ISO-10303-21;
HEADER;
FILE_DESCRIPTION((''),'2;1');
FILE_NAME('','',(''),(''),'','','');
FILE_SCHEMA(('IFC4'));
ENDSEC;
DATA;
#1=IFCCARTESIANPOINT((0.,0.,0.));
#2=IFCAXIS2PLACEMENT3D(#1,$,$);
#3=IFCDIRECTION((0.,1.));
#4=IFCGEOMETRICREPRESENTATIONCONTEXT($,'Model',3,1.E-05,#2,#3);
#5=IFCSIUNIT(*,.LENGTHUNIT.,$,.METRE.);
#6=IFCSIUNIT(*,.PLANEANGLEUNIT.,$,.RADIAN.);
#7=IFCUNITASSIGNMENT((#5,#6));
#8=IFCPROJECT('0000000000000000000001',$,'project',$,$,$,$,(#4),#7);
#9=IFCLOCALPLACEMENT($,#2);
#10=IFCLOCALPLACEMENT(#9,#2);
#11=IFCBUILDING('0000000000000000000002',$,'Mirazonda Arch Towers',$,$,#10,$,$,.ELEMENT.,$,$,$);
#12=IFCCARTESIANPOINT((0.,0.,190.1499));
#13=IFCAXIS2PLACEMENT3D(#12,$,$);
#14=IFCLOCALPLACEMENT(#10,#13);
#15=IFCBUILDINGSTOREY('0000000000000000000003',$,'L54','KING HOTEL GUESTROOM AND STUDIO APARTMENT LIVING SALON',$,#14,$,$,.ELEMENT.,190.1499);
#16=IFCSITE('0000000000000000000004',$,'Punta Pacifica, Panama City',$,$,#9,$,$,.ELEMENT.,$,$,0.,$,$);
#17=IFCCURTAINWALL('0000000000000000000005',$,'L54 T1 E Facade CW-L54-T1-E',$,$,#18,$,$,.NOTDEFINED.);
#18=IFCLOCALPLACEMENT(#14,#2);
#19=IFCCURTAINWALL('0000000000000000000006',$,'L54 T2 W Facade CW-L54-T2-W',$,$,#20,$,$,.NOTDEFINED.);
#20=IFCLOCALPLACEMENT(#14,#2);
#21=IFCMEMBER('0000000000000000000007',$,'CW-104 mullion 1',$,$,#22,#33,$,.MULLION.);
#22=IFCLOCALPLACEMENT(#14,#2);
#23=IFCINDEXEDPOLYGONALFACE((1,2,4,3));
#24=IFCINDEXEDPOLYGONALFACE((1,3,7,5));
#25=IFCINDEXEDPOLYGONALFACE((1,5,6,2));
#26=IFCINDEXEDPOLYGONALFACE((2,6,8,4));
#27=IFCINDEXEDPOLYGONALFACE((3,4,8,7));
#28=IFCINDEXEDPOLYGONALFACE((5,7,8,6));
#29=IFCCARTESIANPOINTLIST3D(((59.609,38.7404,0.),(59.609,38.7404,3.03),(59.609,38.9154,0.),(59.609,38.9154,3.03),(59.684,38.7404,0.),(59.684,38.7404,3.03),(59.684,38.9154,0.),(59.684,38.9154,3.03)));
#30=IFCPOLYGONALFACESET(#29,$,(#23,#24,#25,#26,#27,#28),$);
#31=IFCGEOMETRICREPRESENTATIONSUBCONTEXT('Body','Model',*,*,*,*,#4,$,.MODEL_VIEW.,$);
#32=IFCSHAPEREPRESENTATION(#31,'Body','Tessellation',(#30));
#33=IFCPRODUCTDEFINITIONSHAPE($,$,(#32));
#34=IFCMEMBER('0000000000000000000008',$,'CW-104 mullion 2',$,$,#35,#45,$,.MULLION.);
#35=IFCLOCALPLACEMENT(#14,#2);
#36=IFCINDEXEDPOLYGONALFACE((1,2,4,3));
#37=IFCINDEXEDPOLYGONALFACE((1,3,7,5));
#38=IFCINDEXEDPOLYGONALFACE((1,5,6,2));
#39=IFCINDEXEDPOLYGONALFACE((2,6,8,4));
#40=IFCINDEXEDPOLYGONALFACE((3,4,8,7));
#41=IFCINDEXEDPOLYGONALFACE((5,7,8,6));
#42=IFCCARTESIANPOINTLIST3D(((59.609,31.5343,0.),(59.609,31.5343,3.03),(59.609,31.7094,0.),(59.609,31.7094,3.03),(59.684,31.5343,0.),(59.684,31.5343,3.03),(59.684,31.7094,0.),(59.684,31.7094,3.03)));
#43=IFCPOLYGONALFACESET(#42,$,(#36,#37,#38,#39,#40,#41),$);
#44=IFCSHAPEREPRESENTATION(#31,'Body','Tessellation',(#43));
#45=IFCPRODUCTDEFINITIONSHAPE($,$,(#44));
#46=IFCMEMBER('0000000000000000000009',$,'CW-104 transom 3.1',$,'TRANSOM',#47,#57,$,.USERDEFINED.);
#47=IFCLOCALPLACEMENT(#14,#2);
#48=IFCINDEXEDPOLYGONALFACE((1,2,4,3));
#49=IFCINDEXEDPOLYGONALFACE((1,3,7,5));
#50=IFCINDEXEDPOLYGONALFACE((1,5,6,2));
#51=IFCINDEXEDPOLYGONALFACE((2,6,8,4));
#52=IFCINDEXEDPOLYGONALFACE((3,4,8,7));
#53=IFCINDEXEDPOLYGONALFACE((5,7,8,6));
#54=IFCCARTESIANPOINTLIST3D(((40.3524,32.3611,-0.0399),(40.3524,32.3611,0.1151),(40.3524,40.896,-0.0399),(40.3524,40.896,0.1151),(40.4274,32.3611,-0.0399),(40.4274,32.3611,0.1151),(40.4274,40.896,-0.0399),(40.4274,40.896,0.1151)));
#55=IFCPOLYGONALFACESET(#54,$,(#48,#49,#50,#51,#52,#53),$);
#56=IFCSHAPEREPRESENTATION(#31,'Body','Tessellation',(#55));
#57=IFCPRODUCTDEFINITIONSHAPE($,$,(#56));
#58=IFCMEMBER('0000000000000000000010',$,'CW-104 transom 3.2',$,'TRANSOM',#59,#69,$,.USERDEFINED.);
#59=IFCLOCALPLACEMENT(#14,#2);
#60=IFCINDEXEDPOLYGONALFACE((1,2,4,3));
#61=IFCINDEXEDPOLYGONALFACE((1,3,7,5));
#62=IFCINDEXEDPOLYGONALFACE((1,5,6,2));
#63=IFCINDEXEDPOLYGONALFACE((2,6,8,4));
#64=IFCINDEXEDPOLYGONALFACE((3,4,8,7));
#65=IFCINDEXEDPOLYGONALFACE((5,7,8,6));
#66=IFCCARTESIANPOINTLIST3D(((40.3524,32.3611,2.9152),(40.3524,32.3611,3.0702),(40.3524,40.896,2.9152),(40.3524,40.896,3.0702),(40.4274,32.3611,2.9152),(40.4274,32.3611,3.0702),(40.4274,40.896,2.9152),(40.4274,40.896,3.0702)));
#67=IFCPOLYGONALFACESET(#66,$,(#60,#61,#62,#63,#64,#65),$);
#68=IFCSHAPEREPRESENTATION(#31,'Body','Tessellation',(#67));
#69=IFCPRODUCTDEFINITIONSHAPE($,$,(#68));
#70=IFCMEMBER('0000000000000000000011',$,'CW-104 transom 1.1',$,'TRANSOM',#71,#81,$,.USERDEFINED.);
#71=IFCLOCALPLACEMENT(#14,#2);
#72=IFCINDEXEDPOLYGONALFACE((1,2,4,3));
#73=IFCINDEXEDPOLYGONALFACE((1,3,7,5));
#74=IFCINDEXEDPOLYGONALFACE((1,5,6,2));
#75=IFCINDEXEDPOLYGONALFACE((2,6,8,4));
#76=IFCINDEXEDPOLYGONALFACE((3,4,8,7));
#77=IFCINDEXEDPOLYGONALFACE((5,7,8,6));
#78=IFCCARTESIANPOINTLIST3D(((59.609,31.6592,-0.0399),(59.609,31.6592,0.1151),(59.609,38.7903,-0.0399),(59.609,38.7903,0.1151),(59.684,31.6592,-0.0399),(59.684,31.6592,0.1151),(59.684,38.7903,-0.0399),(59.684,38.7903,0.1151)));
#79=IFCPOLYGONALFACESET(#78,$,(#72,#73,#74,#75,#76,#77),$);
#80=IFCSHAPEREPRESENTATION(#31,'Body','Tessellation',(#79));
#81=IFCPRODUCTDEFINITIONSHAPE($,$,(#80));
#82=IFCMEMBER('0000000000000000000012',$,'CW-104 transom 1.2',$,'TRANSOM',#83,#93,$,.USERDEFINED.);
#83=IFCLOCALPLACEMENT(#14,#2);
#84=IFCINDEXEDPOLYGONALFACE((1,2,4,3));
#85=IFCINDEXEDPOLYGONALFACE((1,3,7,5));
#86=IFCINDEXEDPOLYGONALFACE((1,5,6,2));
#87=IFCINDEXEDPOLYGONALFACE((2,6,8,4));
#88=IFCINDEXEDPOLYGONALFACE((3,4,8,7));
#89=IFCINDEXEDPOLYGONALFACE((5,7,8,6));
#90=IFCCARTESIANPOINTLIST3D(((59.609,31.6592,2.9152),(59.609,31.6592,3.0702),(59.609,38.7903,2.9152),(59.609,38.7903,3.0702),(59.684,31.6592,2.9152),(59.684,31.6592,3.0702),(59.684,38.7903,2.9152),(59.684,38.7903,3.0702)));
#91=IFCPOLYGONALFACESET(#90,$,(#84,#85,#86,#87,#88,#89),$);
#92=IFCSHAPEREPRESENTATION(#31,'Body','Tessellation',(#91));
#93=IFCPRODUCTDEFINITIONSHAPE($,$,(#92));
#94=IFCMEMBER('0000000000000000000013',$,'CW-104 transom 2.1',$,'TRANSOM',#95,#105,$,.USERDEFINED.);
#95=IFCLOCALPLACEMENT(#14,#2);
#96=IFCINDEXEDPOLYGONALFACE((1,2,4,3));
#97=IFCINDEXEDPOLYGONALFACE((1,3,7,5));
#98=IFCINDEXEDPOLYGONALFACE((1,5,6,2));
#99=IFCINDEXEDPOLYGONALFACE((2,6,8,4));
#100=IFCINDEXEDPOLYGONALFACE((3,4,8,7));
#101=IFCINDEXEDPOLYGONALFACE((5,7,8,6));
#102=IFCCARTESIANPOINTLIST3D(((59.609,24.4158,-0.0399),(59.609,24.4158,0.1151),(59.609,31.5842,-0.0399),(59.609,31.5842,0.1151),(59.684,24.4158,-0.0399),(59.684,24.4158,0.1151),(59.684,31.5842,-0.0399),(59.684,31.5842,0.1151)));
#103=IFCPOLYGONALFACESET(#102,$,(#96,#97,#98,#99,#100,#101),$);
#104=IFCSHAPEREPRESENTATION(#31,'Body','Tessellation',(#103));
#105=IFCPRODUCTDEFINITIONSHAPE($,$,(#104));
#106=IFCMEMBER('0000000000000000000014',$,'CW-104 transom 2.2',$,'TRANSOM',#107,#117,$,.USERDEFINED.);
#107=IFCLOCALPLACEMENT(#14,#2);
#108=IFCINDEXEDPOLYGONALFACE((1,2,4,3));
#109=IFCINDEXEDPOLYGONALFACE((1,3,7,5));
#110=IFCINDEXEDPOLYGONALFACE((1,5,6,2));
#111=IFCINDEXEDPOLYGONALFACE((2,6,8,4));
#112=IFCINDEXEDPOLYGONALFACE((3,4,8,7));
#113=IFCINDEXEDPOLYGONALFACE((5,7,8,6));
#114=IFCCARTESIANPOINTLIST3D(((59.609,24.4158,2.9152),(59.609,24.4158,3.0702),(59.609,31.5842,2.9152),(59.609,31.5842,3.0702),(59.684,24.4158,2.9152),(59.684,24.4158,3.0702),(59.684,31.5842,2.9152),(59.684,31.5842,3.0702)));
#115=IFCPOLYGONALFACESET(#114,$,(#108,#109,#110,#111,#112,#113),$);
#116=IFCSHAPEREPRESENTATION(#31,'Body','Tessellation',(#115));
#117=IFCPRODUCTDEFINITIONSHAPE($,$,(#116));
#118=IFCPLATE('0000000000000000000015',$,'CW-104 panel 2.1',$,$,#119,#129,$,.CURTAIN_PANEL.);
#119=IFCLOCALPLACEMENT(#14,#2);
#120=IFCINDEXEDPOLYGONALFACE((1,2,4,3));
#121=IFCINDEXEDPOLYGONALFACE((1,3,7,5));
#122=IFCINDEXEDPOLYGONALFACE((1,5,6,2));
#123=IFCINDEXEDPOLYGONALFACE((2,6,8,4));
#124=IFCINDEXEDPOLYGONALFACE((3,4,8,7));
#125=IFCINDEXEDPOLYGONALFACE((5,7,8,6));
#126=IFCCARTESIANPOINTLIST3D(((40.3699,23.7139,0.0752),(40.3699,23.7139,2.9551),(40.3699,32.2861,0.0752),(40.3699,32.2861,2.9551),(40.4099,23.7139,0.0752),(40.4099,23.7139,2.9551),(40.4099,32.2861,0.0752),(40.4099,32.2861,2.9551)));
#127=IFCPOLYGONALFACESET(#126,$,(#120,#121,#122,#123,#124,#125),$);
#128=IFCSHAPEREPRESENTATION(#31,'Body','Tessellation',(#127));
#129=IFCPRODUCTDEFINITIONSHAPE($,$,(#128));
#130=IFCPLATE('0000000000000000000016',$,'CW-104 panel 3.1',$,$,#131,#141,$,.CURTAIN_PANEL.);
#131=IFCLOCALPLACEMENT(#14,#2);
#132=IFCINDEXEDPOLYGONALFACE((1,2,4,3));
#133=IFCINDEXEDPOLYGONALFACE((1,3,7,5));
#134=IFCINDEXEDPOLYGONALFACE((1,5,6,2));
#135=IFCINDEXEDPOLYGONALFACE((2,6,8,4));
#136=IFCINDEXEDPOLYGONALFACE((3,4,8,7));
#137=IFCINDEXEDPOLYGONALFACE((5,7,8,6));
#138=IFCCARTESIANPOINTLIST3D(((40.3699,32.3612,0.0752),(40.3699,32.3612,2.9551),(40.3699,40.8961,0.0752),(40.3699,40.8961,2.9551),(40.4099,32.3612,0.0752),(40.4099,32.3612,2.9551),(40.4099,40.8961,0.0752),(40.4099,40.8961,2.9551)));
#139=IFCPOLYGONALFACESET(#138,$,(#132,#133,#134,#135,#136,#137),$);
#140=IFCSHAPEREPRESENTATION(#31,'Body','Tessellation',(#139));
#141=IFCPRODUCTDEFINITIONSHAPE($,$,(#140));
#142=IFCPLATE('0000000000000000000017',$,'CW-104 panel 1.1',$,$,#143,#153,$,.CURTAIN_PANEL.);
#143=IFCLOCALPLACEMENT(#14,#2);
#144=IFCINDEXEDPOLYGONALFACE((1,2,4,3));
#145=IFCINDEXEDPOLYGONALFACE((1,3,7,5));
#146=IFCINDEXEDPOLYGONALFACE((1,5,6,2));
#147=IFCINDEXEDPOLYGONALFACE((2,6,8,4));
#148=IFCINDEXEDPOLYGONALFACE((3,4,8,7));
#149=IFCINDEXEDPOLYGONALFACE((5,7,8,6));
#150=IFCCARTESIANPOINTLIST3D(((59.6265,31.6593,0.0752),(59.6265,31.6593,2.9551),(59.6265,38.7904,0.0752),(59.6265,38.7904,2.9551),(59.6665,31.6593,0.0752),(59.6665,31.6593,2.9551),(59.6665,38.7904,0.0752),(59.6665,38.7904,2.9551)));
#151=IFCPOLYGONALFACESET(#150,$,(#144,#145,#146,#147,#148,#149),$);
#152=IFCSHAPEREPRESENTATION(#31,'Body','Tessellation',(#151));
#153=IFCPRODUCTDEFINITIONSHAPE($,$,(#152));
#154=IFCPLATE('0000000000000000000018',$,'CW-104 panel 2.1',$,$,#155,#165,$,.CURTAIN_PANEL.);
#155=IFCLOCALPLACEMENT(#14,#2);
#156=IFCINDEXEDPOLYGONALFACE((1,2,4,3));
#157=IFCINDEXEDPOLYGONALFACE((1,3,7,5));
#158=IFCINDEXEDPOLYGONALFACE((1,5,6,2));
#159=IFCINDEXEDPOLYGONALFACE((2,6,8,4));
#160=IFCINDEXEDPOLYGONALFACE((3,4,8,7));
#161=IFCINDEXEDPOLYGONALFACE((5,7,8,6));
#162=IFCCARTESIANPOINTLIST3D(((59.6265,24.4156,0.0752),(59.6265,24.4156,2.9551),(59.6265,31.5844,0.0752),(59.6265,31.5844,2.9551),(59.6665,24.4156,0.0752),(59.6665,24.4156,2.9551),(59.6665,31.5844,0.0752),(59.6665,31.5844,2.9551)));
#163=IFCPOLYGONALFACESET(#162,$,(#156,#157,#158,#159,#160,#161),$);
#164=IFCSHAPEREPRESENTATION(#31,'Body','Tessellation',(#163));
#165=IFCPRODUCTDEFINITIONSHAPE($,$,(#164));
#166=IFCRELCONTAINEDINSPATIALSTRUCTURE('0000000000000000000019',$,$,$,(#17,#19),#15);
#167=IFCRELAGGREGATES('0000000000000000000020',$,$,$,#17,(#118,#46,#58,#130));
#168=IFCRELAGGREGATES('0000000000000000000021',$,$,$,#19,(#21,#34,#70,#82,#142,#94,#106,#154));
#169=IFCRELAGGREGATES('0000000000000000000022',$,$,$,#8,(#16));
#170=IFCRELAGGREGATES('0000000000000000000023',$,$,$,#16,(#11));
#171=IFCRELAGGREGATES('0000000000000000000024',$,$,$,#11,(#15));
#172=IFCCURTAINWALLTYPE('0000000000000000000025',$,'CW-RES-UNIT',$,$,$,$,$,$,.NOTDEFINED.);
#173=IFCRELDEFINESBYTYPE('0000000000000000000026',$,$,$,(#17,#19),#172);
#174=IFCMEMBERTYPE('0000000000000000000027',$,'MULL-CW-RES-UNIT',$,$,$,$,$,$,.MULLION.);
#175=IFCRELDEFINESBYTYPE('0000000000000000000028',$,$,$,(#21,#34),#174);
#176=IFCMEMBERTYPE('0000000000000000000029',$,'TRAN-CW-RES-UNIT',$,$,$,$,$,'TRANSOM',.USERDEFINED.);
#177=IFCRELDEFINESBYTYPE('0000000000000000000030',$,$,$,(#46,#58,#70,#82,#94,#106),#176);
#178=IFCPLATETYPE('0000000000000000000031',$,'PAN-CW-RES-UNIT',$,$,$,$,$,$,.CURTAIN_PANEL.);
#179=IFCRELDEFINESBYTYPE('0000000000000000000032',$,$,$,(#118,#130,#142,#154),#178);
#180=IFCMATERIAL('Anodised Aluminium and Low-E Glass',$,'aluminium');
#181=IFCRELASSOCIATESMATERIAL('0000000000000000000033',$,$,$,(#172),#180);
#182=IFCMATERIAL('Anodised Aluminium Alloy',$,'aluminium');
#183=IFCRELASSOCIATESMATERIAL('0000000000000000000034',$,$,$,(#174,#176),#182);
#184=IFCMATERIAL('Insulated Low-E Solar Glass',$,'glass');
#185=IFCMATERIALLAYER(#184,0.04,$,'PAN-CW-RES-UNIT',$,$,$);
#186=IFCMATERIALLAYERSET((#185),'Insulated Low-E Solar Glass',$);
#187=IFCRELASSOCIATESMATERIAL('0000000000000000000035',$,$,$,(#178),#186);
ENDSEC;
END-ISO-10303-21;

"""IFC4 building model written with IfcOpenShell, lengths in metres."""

from ifc_helpers import new_model, si_unit, direction, frame, origin, origin_2d, place, context, subcontext, project, spatial, rectangle, extrude, material, layer, layer_set, material_profile, profile_set, type_object, element, aggregate, save


model = new_model("IFC4")

# Units and contexts
model_context = context("Model", 3, precision=1e-05, world=origin(), true_north=direction((0.0, 1.0)))
body_context = subcontext(model_context, "Body", "Model", "MODEL_VIEW")
ifc_project = project(units=[si_unit("LENGTHUNIT", "METRE"), si_unit("PLANEANGLEUNIT", "RADIAN")], contexts=[model_context])

# Site, building, storey
site_placement = place(None, origin())
site = spatial("IfcSite", under=ifc_project, at=site_placement, Name="Punta Pacifica, Panama City", CompositionType="ELEMENT", RefElevation=0.0)
building_placement = place(site_placement, origin())
building = spatial("IfcBuilding", under=site, at=building_placement, Name="Mirazonda Arch Towers", CompositionType="ELEMENT")
storey_placement = place(building_placement, frame((0.0, 0.0, 190.1499)))
storey = spatial("IfcBuildingStorey", under=building, at=storey_placement, Name="L54", Description="KING HOTEL GUESTROOM AND STUDIO APARTMENT LIVING SALON", CompositionType="ELEMENT", Elevation=190.1499)

# Curtain wall
ifc_material_1 = material(Name="Anodised Aluminium and Low-E Glass", Category="aluminium")
curtain_wall_type = type_object("IfcCurtainWallType", Name="CW-RES-UNIT", PredefinedType="NOTDEFINED", material=ifc_material_1)
curtain_wall_1_placement = place(storey_placement, origin())
curtain_wall_1 = element("IfcCurtainWall", 1, at=curtain_wall_1_placement, inside=storey, type_object=curtain_wall_type, Name="L54 T1 E Facade CW-L54-T1-E", PredefinedType="NOTDEFINED")
ifc_material_2 = material(Name="Anodised Aluminium Alloy", Category="aluminium")
ifc_material_profile_1 = material_profile(ifc_material_2, rectangle(XDim=0.075, YDim=0.175, at=origin_2d()), Name="ALU-MULL-75x175")
ifc_profile_set_1 = profile_set([ifc_material_profile_1], Name="Anodised Aluminium Alloy")
member_type_1 = type_object("IfcMemberType", Name="MULL-CW-RES-UNIT", PredefinedType="MULLION", material=ifc_profile_set_1)

# Curtain wall, members
curtain_wall_2_placement = place(storey_placement, origin())
curtain_wall_2 = element("IfcCurtainWall", 2, at=curtain_wall_2_placement, inside=storey, type_object=curtain_wall_type, Name="L54 T2 W Facade CW-L54-T2-W", PredefinedType="NOTDEFINED")
member_1_placement = place(storey_placement, frame((59.6465, 38.8279, 0.0), z_axis=(0.0, 0.0, 1.0), x_axis=(1.0, 0.0, 0.0)))
member_1 = element("IfcMember", 3, at=member_1_placement, type_object=member_type_1, Name="CW-104 mullion 1", PredefinedType="MULLION", context=body_context, shape_type="SweptSolid", body=[
    extrude(rectangle(XDim=0.075, YDim=0.175, at=origin_2d()), origin(), (0.0, 0.0, 1.0), 3.03),
])
member_2_placement = place(storey_placement, frame((59.6465, 31.6218, 0.0), z_axis=(0.0, 0.0, 1.0), x_axis=(1.0, 0.0, 0.0)))
member_2 = element("IfcMember", 4, at=member_2_placement, type_object=member_type_1, Name="CW-104 mullion 2", PredefinedType="MULLION", context=body_context, shape_type="SweptSolid", body=[
    extrude(rectangle(XDim=0.075, YDim=0.175, at=origin_2d()), origin(), (0.0, 0.0, 1.0), 3.03),
])

# Members
ifc_material_profile_2 = material_profile(ifc_material_2, rectangle(XDim=0.075, YDim=0.155, at=origin_2d()), Name="ALU-TRAN-75x155")
ifc_profile_set_2 = profile_set([ifc_material_profile_2], Name="Anodised Aluminium Alloy")
member_type_2 = type_object("IfcMemberType", Name="TRAN-CW-RES-UNIT", ElementType="TRANSOM", PredefinedType="USERDEFINED", material=ifc_profile_set_2)
member_3_placement = place(storey_placement, frame((40.3899, 32.3611, 0.0376), z_axis=(0.0, 1.0, 0.0), x_axis=(-1.0, 0.0, 0.0)))
member_3 = element("IfcMember", 5, at=member_3_placement, type_object=member_type_2, Name="CW-104 transom 3.1", ObjectType="TRANSOM", PredefinedType="USERDEFINED", context=body_context, shape_type="SweptSolid", body=[
    extrude(rectangle(XDim=0.075, YDim=0.155, at=origin_2d()), origin(), (0.0, 0.0, 1.0), 8.5349),
])
member_4_placement = place(storey_placement, frame((40.3899, 32.3611, 2.9927), z_axis=(0.0, 1.0, 0.0), x_axis=(-1.0, 0.0, 0.0)))
member_4 = element("IfcMember", 6, at=member_4_placement, type_object=member_type_2, Name="CW-104 transom 3.2", ObjectType="TRANSOM", PredefinedType="USERDEFINED", context=body_context, shape_type="SweptSolid", body=[
    extrude(rectangle(XDim=0.075, YDim=0.155, at=origin_2d()), origin(), (0.0, 0.0, 1.0), 8.5349),
])
member_5_placement = place(storey_placement, frame((59.6465, 38.7903, 0.0376), z_axis=(0.0, -1.0, 0.0), x_axis=(1.0, 0.0, 0.0)))
member_5 = element("IfcMember", 7, at=member_5_placement, type_object=member_type_2, Name="CW-104 transom 1.1", ObjectType="TRANSOM", PredefinedType="USERDEFINED", context=body_context, shape_type="SweptSolid", body=[
    extrude(rectangle(XDim=0.075, YDim=0.155, at=origin_2d()), origin(), (0.0, 0.0, 1.0), 7.1311),
])
member_6_placement = place(storey_placement, frame((59.6465, 38.7903, 2.9927), z_axis=(0.0, -1.0, 0.0), x_axis=(1.0, 0.0, 0.0)))
member_6 = element("IfcMember", 8, at=member_6_placement, type_object=member_type_2, Name="CW-104 transom 1.2", ObjectType="TRANSOM", PredefinedType="USERDEFINED", context=body_context, shape_type="SweptSolid", body=[
    extrude(rectangle(XDim=0.075, YDim=0.155, at=origin_2d()), origin(), (0.0, 0.0, 1.0), 7.1311),
])
member_7_placement = place(storey_placement, frame((59.6465, 31.5842, 0.0376), z_axis=(0.0, -1.0, 0.0), x_axis=(1.0, 0.0, 0.0)))
member_7 = element("IfcMember", 9, at=member_7_placement, type_object=member_type_2, Name="CW-104 transom 2.1", ObjectType="TRANSOM", PredefinedType="USERDEFINED", context=body_context, shape_type="SweptSolid", body=[
    extrude(rectangle(XDim=0.075, YDim=0.155, at=origin_2d()), origin(), (0.0, 0.0, 1.0), 7.1685),
])
member_8_placement = place(storey_placement, frame((59.6465, 31.5842, 2.9927), z_axis=(0.0, -1.0, 0.0), x_axis=(1.0, 0.0, 0.0)))
member_8 = element("IfcMember", 10, at=member_8_placement, type_object=member_type_2, Name="CW-104 transom 2.2", ObjectType="TRANSOM", PredefinedType="USERDEFINED", context=body_context, shape_type="SweptSolid", body=[
    extrude(rectangle(XDim=0.075, YDim=0.155, at=origin_2d()), origin(), (0.0, 0.0, 1.0), 7.1685),
])

# Plates
ifc_material_3 = material(Name="Insulated Low-E Solar Glass", Category="glass")
ifc_layer_1 = layer(ifc_material_3, 0.04, Name="PAN-CW-RES-UNIT")
ifc_layer_set_1 = layer_set([ifc_layer_1], Name="Insulated Low-E Solar Glass")
plate_type = type_object("IfcPlateType", Name="PAN-CW-RES-UNIT", PredefinedType="CURTAIN_PANEL", material=ifc_layer_set_1)
plate_1_placement = place(storey_placement, frame((40.3899, 28.0, 0.0752), z_axis=(0.0, 0.0, 1.0), x_axis=(0.0, 1.0, 0.0)))
plate_1 = element("IfcPlate", 11, at=plate_1_placement, type_object=plate_type, Name="CW-104 panel 2.1", PredefinedType="CURTAIN_PANEL", context=body_context, shape_type="SweptSolid", body=[
    extrude(rectangle(XDim=8.5723, YDim=0.04, at=origin_2d()), origin(), (0.0, 0.0, 1.0), 2.8799),
])
plate_2_placement = place(storey_placement, frame((40.3899, 36.6287, 0.0752), z_axis=(0.0, 0.0, 1.0), x_axis=(0.0, 1.0, 0.0)))
plate_2 = element("IfcPlate", 12, at=plate_2_placement, type_object=plate_type, Name="CW-104 panel 3.1", PredefinedType="CURTAIN_PANEL", context=body_context, shape_type="SweptSolid", body=[
    extrude(rectangle(XDim=8.5349, YDim=0.04, at=origin_2d()), origin(), (0.0, 0.0, 1.0), 2.8799),
])
aggregate(curtain_wall_1, [plate_1, member_3, member_4, plate_2])
plate_3_placement = place(storey_placement, frame((59.6465, 35.2249, 0.0752), z_axis=(0.0, 0.0, 1.0), x_axis=(0.0, -1.0, 0.0)))
plate_3 = element("IfcPlate", 13, at=plate_3_placement, type_object=plate_type, Name="CW-104 panel 1.1", PredefinedType="CURTAIN_PANEL", context=body_context, shape_type="SweptSolid", body=[
    extrude(rectangle(XDim=7.1311, YDim=0.04, at=origin_2d()), origin(), (0.0, 0.0, 1.0), 2.8799),
])
plate_4_placement = place(storey_placement, frame((59.6465, 28.0, 0.0752), z_axis=(0.0, 0.0, 1.0), x_axis=(0.0, -1.0, 0.0)))
plate_4 = element("IfcPlate", 14, at=plate_4_placement, type_object=plate_type, Name="CW-104 panel 2.1", PredefinedType="CURTAIN_PANEL", context=body_context, shape_type="SweptSolid", body=[
    extrude(rectangle(XDim=7.1687, YDim=0.04, at=origin_2d()), origin(), (0.0, 0.0, 1.0), 2.8799),
])
aggregate(curtain_wall_2, [member_1, member_2, member_5, member_6, plate_3, member_7, member_8, plate_4])

save(model, "model.ifc")
